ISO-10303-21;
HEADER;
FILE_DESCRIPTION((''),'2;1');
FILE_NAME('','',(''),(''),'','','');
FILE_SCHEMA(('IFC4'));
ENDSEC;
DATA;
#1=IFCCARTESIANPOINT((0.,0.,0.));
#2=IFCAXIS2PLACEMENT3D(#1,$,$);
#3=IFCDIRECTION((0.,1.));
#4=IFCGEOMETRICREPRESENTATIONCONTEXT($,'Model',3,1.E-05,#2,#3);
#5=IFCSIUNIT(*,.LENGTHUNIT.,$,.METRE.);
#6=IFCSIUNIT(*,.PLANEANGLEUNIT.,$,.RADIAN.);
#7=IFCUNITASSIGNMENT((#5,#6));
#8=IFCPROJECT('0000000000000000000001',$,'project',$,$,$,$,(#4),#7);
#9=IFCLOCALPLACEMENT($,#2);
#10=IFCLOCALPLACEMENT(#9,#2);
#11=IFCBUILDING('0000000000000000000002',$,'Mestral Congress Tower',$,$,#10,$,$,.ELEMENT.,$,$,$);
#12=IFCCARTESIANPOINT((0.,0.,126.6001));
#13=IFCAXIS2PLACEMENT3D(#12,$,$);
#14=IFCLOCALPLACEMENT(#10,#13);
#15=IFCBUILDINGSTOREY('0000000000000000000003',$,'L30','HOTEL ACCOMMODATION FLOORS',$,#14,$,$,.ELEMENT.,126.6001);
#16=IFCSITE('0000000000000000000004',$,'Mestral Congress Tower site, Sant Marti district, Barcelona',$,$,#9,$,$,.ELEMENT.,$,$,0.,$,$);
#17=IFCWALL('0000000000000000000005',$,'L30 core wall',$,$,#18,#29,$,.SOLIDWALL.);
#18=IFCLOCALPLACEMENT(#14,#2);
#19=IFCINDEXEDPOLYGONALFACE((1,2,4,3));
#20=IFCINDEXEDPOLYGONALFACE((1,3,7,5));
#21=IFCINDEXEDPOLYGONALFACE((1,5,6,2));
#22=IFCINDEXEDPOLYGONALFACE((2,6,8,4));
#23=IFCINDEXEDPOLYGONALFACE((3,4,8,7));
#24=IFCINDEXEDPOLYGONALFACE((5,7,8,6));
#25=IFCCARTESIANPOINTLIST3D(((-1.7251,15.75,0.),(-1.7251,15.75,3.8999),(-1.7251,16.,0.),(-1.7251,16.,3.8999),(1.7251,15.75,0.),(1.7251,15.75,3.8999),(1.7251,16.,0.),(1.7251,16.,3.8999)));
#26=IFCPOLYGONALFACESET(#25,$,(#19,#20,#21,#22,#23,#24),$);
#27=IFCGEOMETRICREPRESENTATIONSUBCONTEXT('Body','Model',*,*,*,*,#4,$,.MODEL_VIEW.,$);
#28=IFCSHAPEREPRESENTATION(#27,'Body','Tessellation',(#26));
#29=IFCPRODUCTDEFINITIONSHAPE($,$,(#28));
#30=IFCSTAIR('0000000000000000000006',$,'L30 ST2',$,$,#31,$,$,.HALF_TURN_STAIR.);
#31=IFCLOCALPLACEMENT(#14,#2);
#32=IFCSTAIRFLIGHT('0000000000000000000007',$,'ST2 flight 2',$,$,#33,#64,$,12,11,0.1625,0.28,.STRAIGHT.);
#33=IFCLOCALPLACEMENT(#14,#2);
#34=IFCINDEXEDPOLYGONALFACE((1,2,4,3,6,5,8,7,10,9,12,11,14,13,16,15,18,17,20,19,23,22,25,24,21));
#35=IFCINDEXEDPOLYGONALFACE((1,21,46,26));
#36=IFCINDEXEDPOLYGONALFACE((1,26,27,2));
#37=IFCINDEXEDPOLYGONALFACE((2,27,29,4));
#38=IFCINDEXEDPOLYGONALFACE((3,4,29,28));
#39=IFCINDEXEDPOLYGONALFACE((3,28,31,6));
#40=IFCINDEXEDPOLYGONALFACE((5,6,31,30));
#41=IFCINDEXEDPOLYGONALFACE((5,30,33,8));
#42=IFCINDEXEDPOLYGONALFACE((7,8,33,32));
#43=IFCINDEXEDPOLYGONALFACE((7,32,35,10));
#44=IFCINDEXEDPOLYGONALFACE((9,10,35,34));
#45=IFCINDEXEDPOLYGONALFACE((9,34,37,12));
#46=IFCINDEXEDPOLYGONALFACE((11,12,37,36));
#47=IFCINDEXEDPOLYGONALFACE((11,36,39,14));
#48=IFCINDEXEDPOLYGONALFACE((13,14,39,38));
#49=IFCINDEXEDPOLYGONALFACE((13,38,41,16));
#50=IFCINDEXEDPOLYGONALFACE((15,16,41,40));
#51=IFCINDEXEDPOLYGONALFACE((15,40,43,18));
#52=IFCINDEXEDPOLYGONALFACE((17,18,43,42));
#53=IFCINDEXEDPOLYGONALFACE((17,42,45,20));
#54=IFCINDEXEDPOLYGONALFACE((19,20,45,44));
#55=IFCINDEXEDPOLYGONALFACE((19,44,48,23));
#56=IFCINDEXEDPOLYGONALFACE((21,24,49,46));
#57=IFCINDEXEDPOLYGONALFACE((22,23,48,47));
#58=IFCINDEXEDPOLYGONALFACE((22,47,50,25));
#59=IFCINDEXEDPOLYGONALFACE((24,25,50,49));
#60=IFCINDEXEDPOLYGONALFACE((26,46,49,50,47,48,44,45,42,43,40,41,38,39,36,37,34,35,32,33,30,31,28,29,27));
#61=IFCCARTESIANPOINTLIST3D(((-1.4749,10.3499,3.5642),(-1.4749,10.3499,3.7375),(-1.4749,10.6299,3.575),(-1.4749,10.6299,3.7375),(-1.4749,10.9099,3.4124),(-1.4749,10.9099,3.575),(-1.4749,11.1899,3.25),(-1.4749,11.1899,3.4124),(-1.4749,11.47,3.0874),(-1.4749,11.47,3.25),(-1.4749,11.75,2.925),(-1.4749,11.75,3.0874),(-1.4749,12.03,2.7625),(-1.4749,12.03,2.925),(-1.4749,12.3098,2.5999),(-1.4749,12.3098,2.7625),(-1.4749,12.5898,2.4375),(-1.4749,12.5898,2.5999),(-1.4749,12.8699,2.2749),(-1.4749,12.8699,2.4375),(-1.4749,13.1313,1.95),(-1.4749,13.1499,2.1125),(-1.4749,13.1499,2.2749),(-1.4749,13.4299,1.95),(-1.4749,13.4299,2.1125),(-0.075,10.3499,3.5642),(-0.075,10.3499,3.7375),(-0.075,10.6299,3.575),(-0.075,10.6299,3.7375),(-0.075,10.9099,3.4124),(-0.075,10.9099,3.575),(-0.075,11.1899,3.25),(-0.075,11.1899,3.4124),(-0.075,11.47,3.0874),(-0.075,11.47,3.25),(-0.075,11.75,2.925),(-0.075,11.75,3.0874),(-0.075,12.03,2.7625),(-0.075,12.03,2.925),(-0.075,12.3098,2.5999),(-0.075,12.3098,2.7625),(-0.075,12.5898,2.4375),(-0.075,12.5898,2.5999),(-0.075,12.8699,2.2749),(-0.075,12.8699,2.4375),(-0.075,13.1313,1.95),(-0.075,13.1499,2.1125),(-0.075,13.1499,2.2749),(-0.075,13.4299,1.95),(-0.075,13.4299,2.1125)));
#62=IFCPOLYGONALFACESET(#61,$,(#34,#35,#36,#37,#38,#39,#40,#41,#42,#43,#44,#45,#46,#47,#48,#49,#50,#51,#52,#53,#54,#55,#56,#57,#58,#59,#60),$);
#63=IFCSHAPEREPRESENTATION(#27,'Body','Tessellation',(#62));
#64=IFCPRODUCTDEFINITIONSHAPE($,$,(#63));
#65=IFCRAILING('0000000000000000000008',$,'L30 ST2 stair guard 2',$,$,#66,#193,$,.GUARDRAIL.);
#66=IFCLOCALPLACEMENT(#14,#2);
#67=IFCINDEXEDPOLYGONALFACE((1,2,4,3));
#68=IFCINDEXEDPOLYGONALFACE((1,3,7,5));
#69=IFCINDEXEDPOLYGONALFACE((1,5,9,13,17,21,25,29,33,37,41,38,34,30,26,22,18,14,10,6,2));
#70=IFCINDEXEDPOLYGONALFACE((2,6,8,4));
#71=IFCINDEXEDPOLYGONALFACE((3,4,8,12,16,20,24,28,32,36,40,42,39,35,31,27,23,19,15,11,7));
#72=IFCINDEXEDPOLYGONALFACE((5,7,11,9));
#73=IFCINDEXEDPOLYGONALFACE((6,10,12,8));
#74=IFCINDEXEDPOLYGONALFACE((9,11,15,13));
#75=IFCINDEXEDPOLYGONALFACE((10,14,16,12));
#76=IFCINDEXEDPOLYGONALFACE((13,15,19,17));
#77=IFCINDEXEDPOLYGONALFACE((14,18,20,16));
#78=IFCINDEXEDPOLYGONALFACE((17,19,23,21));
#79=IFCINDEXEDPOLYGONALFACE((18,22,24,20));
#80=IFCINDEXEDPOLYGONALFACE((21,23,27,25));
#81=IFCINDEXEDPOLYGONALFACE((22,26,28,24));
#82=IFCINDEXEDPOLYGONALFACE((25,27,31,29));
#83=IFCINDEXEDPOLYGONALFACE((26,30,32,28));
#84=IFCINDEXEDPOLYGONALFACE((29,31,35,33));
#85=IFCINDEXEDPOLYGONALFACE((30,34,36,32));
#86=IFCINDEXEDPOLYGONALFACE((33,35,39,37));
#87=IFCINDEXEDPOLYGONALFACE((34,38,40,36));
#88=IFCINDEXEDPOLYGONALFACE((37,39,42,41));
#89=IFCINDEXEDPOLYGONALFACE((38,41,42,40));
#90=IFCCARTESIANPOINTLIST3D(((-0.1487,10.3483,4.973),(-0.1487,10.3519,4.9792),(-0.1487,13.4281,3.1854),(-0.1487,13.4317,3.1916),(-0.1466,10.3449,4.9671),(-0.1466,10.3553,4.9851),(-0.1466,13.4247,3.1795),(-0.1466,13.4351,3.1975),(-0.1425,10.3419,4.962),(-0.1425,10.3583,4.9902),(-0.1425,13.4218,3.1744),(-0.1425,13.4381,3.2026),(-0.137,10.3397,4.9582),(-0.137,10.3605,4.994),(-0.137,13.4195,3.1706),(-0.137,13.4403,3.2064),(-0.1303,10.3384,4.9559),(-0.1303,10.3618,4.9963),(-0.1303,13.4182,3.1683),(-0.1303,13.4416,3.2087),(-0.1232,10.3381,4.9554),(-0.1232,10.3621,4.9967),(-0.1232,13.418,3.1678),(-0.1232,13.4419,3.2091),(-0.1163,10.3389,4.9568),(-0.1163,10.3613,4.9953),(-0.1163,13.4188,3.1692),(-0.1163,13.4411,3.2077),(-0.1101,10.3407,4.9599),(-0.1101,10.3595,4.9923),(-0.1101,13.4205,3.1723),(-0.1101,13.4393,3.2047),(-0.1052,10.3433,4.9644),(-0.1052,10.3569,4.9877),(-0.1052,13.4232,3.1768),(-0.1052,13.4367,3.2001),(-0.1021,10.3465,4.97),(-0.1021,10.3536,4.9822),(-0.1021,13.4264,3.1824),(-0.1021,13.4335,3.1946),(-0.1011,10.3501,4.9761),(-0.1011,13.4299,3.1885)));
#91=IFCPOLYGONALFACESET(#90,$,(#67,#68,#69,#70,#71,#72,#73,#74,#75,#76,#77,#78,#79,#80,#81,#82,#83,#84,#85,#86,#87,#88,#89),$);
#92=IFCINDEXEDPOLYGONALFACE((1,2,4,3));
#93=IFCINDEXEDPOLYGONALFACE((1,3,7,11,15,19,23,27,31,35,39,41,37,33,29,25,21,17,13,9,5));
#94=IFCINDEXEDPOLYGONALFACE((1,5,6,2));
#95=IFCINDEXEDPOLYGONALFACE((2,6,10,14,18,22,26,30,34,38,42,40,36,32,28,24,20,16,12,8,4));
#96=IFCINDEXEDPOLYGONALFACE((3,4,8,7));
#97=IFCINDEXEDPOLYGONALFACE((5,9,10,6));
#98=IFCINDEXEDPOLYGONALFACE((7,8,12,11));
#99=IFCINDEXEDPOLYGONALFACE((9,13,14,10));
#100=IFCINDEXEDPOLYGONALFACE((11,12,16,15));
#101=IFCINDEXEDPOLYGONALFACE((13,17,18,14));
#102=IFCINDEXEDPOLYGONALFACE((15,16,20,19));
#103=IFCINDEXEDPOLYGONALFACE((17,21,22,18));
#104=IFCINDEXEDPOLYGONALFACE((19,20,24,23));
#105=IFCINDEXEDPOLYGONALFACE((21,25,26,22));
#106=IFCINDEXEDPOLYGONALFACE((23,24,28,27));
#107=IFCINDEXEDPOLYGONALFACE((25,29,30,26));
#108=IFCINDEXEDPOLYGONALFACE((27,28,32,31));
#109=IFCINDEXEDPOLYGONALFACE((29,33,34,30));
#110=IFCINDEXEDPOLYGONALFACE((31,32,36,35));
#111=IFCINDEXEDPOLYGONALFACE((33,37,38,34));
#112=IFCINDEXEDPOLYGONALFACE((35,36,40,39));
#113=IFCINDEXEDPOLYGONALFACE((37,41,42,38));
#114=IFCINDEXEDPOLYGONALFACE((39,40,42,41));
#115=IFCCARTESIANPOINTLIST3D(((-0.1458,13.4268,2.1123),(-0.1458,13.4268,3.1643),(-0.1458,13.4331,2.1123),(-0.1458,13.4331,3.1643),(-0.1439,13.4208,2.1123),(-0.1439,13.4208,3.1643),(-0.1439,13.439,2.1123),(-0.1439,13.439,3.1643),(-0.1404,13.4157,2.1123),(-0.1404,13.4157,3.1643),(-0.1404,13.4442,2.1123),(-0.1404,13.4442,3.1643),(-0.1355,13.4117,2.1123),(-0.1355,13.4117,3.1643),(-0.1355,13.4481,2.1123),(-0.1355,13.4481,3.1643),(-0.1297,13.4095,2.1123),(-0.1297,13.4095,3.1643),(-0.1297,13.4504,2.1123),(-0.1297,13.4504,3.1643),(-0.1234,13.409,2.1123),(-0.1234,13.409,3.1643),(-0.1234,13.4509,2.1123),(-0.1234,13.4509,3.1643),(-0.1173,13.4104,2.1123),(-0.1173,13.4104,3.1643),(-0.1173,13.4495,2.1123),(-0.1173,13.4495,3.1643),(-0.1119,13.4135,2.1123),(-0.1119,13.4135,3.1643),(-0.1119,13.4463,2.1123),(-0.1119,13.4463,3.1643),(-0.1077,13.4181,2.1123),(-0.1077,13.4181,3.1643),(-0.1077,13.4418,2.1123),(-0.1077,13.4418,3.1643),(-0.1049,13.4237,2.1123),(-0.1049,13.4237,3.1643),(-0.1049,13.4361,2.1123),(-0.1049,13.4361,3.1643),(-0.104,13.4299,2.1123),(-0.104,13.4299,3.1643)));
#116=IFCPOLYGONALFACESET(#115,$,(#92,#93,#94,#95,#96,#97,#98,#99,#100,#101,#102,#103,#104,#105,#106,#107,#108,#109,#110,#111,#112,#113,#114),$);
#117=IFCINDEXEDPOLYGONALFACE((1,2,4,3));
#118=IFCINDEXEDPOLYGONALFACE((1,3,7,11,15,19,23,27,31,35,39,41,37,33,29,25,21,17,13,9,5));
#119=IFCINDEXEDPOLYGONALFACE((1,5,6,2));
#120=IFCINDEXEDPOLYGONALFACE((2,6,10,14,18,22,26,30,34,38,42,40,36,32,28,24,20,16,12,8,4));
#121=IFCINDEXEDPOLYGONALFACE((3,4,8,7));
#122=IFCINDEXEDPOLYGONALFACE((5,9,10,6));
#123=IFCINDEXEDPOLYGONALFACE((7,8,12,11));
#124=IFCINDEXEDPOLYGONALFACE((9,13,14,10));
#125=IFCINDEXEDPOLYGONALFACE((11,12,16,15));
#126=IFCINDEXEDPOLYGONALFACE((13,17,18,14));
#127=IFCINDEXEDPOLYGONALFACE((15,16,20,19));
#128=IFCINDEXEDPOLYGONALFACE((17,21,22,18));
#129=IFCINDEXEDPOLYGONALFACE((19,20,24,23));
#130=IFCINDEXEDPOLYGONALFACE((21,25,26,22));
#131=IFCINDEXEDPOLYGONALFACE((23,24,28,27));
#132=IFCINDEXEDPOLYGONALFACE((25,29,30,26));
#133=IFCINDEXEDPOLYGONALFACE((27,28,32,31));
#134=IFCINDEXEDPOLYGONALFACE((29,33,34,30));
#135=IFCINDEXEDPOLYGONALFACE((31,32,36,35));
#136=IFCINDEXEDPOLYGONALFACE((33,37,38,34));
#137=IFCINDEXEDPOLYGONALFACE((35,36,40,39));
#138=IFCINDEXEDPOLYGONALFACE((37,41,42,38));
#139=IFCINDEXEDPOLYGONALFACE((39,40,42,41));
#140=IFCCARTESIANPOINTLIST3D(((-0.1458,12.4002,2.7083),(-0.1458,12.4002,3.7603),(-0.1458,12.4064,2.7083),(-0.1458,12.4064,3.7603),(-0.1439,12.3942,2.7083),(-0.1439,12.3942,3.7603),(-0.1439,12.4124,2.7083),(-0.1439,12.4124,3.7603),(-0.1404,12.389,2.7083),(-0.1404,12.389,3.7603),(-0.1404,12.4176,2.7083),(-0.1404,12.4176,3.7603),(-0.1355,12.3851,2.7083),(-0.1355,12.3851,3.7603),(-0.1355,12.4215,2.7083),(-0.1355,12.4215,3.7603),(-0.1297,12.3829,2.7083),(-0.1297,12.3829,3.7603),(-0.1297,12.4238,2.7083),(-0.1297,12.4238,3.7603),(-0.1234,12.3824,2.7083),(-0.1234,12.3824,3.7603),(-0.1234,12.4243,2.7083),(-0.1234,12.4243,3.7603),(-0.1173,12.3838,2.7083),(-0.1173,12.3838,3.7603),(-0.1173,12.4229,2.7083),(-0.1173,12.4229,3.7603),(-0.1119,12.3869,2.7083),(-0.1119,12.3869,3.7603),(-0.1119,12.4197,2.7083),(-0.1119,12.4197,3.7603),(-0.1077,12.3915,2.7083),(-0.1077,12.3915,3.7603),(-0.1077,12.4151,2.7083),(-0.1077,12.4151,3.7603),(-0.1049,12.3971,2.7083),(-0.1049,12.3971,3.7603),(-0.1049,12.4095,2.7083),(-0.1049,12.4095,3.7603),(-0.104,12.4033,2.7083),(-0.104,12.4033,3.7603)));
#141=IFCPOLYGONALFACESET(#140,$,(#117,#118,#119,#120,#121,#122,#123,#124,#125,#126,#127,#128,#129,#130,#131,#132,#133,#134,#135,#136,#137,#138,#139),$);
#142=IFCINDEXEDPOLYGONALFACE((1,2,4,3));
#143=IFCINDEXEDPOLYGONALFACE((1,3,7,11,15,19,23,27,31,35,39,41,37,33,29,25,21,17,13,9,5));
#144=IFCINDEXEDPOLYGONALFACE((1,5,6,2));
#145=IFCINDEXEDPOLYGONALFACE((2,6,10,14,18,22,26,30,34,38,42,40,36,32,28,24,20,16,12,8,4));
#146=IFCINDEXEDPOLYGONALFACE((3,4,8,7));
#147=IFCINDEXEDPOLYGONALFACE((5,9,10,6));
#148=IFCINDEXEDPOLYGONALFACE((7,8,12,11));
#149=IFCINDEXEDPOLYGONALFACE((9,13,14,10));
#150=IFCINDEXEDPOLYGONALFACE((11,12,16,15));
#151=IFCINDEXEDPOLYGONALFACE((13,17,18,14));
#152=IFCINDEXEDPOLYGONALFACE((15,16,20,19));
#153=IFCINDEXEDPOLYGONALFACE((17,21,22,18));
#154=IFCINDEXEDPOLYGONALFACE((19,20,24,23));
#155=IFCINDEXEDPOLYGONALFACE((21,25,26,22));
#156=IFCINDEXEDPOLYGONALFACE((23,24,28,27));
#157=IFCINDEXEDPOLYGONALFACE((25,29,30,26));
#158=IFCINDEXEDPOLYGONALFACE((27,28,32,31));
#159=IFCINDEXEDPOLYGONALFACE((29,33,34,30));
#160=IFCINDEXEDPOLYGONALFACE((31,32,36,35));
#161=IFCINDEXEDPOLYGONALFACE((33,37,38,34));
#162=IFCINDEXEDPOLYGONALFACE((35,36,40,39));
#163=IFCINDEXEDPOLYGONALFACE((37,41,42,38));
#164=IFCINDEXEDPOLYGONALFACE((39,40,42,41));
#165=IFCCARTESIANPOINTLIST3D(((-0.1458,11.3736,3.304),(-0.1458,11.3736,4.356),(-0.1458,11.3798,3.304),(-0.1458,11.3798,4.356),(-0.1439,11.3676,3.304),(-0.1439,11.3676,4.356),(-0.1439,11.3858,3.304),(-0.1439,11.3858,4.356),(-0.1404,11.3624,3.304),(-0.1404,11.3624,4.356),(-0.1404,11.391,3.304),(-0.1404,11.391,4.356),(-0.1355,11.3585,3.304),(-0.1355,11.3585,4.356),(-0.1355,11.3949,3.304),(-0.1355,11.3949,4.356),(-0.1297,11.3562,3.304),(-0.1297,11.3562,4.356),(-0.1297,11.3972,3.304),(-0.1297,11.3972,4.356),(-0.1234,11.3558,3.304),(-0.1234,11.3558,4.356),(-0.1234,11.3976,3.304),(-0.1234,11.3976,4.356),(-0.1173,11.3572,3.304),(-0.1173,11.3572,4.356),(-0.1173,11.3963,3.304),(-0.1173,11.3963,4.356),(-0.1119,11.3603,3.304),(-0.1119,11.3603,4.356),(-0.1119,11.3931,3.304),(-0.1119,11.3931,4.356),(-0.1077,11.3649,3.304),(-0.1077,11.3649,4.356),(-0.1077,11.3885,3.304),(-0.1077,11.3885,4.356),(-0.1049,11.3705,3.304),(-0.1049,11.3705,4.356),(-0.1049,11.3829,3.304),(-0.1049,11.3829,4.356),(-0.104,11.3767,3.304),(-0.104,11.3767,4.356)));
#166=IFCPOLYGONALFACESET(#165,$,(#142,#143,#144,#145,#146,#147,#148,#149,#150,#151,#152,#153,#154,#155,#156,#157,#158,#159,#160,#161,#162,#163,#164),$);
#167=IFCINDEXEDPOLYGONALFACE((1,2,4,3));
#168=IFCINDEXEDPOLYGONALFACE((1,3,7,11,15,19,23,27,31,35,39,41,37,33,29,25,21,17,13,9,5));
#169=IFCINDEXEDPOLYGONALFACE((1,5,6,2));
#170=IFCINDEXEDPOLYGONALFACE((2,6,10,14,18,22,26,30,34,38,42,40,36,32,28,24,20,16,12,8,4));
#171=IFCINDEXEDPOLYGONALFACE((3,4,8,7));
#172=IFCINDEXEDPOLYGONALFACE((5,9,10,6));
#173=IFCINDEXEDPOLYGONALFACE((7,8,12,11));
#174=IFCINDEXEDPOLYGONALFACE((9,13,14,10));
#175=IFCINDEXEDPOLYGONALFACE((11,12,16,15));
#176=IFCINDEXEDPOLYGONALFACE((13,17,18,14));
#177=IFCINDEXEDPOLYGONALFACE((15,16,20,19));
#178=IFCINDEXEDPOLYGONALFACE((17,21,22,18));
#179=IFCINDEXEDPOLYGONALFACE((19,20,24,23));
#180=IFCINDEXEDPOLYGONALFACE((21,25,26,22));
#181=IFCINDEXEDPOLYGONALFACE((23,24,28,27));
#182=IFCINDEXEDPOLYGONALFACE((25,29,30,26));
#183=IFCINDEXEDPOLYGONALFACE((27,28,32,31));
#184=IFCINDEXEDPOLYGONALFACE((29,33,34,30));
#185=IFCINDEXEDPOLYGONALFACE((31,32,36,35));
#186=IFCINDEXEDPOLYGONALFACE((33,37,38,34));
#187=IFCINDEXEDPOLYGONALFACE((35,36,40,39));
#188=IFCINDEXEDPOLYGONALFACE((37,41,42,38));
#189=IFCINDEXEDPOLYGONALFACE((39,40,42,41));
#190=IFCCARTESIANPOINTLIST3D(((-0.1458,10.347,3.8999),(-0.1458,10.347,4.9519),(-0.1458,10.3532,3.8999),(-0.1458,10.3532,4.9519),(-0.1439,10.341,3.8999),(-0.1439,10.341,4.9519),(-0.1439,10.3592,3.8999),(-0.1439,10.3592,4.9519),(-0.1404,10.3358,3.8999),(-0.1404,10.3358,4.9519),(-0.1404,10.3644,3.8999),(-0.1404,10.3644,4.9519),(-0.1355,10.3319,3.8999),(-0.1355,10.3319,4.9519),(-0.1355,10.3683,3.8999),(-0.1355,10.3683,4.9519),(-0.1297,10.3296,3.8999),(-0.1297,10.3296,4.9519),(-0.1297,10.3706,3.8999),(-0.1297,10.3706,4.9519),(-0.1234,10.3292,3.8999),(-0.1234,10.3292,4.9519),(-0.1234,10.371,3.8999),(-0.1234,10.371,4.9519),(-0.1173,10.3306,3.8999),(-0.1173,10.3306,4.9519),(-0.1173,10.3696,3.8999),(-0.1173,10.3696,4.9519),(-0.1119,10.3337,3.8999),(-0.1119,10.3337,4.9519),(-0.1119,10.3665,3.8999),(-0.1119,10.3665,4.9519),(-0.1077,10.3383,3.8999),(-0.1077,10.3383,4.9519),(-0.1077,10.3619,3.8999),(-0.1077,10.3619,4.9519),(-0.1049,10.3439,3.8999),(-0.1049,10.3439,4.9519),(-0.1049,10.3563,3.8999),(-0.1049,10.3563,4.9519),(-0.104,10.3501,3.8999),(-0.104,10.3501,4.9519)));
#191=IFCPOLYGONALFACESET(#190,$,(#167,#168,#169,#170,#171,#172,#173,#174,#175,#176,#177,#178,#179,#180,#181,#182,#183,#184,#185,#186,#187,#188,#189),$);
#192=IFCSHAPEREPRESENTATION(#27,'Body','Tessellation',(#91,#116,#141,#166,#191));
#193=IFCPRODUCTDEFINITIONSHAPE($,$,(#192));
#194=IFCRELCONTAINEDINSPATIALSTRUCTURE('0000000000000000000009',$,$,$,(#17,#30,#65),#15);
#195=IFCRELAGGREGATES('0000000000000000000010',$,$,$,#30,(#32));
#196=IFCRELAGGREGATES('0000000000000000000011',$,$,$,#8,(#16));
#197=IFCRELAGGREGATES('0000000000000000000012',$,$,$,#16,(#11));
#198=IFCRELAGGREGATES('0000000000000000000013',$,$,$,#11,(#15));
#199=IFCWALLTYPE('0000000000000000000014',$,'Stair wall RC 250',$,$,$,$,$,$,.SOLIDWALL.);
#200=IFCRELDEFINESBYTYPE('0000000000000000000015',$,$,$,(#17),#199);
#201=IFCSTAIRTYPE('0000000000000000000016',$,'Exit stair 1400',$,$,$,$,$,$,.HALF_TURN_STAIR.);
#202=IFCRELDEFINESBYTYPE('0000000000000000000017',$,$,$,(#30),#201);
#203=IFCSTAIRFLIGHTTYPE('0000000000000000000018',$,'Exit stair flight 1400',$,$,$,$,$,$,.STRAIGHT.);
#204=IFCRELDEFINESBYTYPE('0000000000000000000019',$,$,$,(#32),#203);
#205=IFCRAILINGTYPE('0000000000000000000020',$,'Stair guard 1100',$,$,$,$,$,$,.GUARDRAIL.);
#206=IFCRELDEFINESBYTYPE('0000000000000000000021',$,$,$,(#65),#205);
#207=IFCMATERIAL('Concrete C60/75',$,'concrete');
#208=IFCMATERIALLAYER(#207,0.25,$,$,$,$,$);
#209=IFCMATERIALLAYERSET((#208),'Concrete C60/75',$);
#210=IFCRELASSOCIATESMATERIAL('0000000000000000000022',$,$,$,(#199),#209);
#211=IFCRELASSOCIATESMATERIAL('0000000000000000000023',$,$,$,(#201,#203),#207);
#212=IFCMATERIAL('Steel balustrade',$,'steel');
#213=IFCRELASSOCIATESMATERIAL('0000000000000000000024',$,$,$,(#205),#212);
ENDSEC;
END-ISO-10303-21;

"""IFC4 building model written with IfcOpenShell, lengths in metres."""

from ifc_helpers import new_model, si_unit, direction, frame, frame_2d, origin, origin_2d, place, context, subcontext, project, spatial, polyline, rectangle, circle, outline, extrude, material, layer, layer_set, type_object, element, aggregate, save


model = new_model("IFC4")

# Units and contexts
model_context = context("Model", 3, precision=1e-05, world=origin(), true_north=direction((0.0, 1.0)))
body_context = subcontext(model_context, "Body", "Model", "MODEL_VIEW")
ifc_project = project(units=[si_unit("LENGTHUNIT", "METRE"), si_unit("PLANEANGLEUNIT", "RADIAN")], contexts=[model_context])

# Site, building, storey
site_placement = place(None, origin())
site = spatial("IfcSite", under=ifc_project, at=site_placement, Name="Mestral Congress Tower site, Sant Marti district, Barcelona", CompositionType="ELEMENT", RefElevation=0.0)
building_placement = place(site_placement, origin())
building = spatial("IfcBuilding", under=site, at=building_placement, Name="Mestral Congress Tower", CompositionType="ELEMENT")
storey_placement = place(building_placement, frame((0.0, 0.0, 126.6001)))
storey = spatial("IfcBuildingStorey", under=building, at=storey_placement, Name="L30", Description="HOTEL ACCOMMODATION FLOORS", CompositionType="ELEMENT", Elevation=126.6001)

# Shared definitions
ifc_material_1 = material(Name="Concrete C60/75", Category="concrete")

# Wall
ifc_layer_1 = layer(ifc_material_1, 0.25)
ifc_layer_set_1 = layer_set([ifc_layer_1], Name="Concrete C60/75")
wall_type_1 = type_object("IfcWallType", Name="Stair wall RC 250", PredefinedType="SOLIDWALL", material=ifc_layer_set_1)
wall_1_placement = place(storey_placement, frame((-1.7251, 15.875, 0.0), z_axis=(0.0, 0.0, 1.0), x_axis=(1.0, 0.0, 0.0)))
element("IfcWall", 1, at=wall_1_placement, inside=storey, type_object=wall_type_1, Name="L30 core wall", PredefinedType="SOLIDWALL", context=body_context, shape_type="SweptSolid", body=[
    extrude(rectangle(XDim=3.4502, YDim=0.25, at=frame_2d((1.7251, 0.0))), origin(), (0.0, 0.0, 1.0), 3.8999),
])

# Stair, stair flight
stair_type = type_object("IfcStairType", Name="Exit stair 1400", PredefinedType="HALF_TURN_STAIR", material=ifc_material_1)
stair_placement = place(storey_placement, origin())
stair = element("IfcStair", 2, at=stair_placement, inside=storey, type_object=stair_type, Name="L30 ST2", PredefinedType="HALF_TURN_STAIR")
stair_flight_type = type_object("IfcStairFlightType", Name="Exit stair flight 1400", PredefinedType="STRAIGHT", material=ifc_material_1)
stair_flight_placement = place(storey_placement, frame((-0.7749, 13.4299, 1.95), z_axis=(0.0, 0.0, 1.0), x_axis=(0.0, -1.0, 0.0)))
stair_flight = element("IfcStairFlight", 3, at=stair_flight_placement, type_object=stair_flight_type, Name="ST2 flight 2", NumberOfRisers=12, NumberOfTreads=11, PredefinedType="STRAIGHT", RiserHeight=0.1625, TreadLength=0.28, context=body_context, shape_type="SweptSolid", body=[
    extrude(outline(polyline([(0.0, 0.0), (0.0, 0.1626), (0.28, 0.1626), (0.28, 0.325), (0.5601, 0.325), (0.5601, 0.4875), (0.8401, 0.4875), (0.8401, 0.6499), (1.1201, 0.6499), (1.1201, 0.8125), (1.3999, 0.8125), (1.3999, 0.9751), (1.6799, 0.9751), (1.6799, 1.1375), (1.96, 1.1375), (1.96, 1.3), (2.24, 1.3), (2.24, 1.4624), (2.52, 1.4624), (2.52, 1.625), (2.8, 1.625), (2.8, 1.7876), (3.0801, 1.7876), (3.0801, 1.95), (3.0801, 1.6143), (0.2986, 0.0), (0.0, 0.0)])), frame((0.0, 0.7, 0.0), z_axis=(0.0, -1.0, 0.0), x_axis=(1.0, 0.0, 0.0)), (0.0, 0.0, 1.0), 1.3999),
])
aggregate(stair, [stair_flight])

# Railing
ifc_material_2 = material(Name="Steel balustrade", Category="steel")
railing_type = type_object("IfcRailingType", Name="Stair guard 1100", PredefinedType="GUARDRAIL", material=ifc_material_2)
railing_placement = place(storey_placement, frame((-0.125, 13.4299, 2.1123)))
element("IfcRailing", 4, at=railing_placement, inside=storey, type_object=railing_type, Name="L30 ST2 stair guard 2", PredefinedType="GUARDRAIL", context=body_context, shape_type="SweptSolid", body=[
    extrude(circle(Radius=0.0239, at=origin_2d()), frame((0.0, 0.0, 1.0762), z_axis=(0.0, -0.864873, 0.50199), x_axis=(1.0, 0.0, 0.0)), (0.0, 0.0, 1.0), 3.561),
    extrude(circle(Radius=0.021, at=origin_2d()), origin(), (0.0, 0.0, 1.0), 1.052),
    extrude(circle(Radius=0.021, at=origin_2d()), frame((0.0, -1.0266, 0.5959)), (0.0, 0.0, 1.0), 1.052),
    extrude(circle(Radius=0.021, at=origin_2d()), frame((0.0, -2.0532, 1.1917)), (0.0, 0.0, 1.0), 1.052),
    extrude(circle(Radius=0.021, at=origin_2d()), frame((0.0, -3.0798, 1.7876)), (0.0, 0.0, 1.0), 1.052),
])

save(model, "model.ifc")
